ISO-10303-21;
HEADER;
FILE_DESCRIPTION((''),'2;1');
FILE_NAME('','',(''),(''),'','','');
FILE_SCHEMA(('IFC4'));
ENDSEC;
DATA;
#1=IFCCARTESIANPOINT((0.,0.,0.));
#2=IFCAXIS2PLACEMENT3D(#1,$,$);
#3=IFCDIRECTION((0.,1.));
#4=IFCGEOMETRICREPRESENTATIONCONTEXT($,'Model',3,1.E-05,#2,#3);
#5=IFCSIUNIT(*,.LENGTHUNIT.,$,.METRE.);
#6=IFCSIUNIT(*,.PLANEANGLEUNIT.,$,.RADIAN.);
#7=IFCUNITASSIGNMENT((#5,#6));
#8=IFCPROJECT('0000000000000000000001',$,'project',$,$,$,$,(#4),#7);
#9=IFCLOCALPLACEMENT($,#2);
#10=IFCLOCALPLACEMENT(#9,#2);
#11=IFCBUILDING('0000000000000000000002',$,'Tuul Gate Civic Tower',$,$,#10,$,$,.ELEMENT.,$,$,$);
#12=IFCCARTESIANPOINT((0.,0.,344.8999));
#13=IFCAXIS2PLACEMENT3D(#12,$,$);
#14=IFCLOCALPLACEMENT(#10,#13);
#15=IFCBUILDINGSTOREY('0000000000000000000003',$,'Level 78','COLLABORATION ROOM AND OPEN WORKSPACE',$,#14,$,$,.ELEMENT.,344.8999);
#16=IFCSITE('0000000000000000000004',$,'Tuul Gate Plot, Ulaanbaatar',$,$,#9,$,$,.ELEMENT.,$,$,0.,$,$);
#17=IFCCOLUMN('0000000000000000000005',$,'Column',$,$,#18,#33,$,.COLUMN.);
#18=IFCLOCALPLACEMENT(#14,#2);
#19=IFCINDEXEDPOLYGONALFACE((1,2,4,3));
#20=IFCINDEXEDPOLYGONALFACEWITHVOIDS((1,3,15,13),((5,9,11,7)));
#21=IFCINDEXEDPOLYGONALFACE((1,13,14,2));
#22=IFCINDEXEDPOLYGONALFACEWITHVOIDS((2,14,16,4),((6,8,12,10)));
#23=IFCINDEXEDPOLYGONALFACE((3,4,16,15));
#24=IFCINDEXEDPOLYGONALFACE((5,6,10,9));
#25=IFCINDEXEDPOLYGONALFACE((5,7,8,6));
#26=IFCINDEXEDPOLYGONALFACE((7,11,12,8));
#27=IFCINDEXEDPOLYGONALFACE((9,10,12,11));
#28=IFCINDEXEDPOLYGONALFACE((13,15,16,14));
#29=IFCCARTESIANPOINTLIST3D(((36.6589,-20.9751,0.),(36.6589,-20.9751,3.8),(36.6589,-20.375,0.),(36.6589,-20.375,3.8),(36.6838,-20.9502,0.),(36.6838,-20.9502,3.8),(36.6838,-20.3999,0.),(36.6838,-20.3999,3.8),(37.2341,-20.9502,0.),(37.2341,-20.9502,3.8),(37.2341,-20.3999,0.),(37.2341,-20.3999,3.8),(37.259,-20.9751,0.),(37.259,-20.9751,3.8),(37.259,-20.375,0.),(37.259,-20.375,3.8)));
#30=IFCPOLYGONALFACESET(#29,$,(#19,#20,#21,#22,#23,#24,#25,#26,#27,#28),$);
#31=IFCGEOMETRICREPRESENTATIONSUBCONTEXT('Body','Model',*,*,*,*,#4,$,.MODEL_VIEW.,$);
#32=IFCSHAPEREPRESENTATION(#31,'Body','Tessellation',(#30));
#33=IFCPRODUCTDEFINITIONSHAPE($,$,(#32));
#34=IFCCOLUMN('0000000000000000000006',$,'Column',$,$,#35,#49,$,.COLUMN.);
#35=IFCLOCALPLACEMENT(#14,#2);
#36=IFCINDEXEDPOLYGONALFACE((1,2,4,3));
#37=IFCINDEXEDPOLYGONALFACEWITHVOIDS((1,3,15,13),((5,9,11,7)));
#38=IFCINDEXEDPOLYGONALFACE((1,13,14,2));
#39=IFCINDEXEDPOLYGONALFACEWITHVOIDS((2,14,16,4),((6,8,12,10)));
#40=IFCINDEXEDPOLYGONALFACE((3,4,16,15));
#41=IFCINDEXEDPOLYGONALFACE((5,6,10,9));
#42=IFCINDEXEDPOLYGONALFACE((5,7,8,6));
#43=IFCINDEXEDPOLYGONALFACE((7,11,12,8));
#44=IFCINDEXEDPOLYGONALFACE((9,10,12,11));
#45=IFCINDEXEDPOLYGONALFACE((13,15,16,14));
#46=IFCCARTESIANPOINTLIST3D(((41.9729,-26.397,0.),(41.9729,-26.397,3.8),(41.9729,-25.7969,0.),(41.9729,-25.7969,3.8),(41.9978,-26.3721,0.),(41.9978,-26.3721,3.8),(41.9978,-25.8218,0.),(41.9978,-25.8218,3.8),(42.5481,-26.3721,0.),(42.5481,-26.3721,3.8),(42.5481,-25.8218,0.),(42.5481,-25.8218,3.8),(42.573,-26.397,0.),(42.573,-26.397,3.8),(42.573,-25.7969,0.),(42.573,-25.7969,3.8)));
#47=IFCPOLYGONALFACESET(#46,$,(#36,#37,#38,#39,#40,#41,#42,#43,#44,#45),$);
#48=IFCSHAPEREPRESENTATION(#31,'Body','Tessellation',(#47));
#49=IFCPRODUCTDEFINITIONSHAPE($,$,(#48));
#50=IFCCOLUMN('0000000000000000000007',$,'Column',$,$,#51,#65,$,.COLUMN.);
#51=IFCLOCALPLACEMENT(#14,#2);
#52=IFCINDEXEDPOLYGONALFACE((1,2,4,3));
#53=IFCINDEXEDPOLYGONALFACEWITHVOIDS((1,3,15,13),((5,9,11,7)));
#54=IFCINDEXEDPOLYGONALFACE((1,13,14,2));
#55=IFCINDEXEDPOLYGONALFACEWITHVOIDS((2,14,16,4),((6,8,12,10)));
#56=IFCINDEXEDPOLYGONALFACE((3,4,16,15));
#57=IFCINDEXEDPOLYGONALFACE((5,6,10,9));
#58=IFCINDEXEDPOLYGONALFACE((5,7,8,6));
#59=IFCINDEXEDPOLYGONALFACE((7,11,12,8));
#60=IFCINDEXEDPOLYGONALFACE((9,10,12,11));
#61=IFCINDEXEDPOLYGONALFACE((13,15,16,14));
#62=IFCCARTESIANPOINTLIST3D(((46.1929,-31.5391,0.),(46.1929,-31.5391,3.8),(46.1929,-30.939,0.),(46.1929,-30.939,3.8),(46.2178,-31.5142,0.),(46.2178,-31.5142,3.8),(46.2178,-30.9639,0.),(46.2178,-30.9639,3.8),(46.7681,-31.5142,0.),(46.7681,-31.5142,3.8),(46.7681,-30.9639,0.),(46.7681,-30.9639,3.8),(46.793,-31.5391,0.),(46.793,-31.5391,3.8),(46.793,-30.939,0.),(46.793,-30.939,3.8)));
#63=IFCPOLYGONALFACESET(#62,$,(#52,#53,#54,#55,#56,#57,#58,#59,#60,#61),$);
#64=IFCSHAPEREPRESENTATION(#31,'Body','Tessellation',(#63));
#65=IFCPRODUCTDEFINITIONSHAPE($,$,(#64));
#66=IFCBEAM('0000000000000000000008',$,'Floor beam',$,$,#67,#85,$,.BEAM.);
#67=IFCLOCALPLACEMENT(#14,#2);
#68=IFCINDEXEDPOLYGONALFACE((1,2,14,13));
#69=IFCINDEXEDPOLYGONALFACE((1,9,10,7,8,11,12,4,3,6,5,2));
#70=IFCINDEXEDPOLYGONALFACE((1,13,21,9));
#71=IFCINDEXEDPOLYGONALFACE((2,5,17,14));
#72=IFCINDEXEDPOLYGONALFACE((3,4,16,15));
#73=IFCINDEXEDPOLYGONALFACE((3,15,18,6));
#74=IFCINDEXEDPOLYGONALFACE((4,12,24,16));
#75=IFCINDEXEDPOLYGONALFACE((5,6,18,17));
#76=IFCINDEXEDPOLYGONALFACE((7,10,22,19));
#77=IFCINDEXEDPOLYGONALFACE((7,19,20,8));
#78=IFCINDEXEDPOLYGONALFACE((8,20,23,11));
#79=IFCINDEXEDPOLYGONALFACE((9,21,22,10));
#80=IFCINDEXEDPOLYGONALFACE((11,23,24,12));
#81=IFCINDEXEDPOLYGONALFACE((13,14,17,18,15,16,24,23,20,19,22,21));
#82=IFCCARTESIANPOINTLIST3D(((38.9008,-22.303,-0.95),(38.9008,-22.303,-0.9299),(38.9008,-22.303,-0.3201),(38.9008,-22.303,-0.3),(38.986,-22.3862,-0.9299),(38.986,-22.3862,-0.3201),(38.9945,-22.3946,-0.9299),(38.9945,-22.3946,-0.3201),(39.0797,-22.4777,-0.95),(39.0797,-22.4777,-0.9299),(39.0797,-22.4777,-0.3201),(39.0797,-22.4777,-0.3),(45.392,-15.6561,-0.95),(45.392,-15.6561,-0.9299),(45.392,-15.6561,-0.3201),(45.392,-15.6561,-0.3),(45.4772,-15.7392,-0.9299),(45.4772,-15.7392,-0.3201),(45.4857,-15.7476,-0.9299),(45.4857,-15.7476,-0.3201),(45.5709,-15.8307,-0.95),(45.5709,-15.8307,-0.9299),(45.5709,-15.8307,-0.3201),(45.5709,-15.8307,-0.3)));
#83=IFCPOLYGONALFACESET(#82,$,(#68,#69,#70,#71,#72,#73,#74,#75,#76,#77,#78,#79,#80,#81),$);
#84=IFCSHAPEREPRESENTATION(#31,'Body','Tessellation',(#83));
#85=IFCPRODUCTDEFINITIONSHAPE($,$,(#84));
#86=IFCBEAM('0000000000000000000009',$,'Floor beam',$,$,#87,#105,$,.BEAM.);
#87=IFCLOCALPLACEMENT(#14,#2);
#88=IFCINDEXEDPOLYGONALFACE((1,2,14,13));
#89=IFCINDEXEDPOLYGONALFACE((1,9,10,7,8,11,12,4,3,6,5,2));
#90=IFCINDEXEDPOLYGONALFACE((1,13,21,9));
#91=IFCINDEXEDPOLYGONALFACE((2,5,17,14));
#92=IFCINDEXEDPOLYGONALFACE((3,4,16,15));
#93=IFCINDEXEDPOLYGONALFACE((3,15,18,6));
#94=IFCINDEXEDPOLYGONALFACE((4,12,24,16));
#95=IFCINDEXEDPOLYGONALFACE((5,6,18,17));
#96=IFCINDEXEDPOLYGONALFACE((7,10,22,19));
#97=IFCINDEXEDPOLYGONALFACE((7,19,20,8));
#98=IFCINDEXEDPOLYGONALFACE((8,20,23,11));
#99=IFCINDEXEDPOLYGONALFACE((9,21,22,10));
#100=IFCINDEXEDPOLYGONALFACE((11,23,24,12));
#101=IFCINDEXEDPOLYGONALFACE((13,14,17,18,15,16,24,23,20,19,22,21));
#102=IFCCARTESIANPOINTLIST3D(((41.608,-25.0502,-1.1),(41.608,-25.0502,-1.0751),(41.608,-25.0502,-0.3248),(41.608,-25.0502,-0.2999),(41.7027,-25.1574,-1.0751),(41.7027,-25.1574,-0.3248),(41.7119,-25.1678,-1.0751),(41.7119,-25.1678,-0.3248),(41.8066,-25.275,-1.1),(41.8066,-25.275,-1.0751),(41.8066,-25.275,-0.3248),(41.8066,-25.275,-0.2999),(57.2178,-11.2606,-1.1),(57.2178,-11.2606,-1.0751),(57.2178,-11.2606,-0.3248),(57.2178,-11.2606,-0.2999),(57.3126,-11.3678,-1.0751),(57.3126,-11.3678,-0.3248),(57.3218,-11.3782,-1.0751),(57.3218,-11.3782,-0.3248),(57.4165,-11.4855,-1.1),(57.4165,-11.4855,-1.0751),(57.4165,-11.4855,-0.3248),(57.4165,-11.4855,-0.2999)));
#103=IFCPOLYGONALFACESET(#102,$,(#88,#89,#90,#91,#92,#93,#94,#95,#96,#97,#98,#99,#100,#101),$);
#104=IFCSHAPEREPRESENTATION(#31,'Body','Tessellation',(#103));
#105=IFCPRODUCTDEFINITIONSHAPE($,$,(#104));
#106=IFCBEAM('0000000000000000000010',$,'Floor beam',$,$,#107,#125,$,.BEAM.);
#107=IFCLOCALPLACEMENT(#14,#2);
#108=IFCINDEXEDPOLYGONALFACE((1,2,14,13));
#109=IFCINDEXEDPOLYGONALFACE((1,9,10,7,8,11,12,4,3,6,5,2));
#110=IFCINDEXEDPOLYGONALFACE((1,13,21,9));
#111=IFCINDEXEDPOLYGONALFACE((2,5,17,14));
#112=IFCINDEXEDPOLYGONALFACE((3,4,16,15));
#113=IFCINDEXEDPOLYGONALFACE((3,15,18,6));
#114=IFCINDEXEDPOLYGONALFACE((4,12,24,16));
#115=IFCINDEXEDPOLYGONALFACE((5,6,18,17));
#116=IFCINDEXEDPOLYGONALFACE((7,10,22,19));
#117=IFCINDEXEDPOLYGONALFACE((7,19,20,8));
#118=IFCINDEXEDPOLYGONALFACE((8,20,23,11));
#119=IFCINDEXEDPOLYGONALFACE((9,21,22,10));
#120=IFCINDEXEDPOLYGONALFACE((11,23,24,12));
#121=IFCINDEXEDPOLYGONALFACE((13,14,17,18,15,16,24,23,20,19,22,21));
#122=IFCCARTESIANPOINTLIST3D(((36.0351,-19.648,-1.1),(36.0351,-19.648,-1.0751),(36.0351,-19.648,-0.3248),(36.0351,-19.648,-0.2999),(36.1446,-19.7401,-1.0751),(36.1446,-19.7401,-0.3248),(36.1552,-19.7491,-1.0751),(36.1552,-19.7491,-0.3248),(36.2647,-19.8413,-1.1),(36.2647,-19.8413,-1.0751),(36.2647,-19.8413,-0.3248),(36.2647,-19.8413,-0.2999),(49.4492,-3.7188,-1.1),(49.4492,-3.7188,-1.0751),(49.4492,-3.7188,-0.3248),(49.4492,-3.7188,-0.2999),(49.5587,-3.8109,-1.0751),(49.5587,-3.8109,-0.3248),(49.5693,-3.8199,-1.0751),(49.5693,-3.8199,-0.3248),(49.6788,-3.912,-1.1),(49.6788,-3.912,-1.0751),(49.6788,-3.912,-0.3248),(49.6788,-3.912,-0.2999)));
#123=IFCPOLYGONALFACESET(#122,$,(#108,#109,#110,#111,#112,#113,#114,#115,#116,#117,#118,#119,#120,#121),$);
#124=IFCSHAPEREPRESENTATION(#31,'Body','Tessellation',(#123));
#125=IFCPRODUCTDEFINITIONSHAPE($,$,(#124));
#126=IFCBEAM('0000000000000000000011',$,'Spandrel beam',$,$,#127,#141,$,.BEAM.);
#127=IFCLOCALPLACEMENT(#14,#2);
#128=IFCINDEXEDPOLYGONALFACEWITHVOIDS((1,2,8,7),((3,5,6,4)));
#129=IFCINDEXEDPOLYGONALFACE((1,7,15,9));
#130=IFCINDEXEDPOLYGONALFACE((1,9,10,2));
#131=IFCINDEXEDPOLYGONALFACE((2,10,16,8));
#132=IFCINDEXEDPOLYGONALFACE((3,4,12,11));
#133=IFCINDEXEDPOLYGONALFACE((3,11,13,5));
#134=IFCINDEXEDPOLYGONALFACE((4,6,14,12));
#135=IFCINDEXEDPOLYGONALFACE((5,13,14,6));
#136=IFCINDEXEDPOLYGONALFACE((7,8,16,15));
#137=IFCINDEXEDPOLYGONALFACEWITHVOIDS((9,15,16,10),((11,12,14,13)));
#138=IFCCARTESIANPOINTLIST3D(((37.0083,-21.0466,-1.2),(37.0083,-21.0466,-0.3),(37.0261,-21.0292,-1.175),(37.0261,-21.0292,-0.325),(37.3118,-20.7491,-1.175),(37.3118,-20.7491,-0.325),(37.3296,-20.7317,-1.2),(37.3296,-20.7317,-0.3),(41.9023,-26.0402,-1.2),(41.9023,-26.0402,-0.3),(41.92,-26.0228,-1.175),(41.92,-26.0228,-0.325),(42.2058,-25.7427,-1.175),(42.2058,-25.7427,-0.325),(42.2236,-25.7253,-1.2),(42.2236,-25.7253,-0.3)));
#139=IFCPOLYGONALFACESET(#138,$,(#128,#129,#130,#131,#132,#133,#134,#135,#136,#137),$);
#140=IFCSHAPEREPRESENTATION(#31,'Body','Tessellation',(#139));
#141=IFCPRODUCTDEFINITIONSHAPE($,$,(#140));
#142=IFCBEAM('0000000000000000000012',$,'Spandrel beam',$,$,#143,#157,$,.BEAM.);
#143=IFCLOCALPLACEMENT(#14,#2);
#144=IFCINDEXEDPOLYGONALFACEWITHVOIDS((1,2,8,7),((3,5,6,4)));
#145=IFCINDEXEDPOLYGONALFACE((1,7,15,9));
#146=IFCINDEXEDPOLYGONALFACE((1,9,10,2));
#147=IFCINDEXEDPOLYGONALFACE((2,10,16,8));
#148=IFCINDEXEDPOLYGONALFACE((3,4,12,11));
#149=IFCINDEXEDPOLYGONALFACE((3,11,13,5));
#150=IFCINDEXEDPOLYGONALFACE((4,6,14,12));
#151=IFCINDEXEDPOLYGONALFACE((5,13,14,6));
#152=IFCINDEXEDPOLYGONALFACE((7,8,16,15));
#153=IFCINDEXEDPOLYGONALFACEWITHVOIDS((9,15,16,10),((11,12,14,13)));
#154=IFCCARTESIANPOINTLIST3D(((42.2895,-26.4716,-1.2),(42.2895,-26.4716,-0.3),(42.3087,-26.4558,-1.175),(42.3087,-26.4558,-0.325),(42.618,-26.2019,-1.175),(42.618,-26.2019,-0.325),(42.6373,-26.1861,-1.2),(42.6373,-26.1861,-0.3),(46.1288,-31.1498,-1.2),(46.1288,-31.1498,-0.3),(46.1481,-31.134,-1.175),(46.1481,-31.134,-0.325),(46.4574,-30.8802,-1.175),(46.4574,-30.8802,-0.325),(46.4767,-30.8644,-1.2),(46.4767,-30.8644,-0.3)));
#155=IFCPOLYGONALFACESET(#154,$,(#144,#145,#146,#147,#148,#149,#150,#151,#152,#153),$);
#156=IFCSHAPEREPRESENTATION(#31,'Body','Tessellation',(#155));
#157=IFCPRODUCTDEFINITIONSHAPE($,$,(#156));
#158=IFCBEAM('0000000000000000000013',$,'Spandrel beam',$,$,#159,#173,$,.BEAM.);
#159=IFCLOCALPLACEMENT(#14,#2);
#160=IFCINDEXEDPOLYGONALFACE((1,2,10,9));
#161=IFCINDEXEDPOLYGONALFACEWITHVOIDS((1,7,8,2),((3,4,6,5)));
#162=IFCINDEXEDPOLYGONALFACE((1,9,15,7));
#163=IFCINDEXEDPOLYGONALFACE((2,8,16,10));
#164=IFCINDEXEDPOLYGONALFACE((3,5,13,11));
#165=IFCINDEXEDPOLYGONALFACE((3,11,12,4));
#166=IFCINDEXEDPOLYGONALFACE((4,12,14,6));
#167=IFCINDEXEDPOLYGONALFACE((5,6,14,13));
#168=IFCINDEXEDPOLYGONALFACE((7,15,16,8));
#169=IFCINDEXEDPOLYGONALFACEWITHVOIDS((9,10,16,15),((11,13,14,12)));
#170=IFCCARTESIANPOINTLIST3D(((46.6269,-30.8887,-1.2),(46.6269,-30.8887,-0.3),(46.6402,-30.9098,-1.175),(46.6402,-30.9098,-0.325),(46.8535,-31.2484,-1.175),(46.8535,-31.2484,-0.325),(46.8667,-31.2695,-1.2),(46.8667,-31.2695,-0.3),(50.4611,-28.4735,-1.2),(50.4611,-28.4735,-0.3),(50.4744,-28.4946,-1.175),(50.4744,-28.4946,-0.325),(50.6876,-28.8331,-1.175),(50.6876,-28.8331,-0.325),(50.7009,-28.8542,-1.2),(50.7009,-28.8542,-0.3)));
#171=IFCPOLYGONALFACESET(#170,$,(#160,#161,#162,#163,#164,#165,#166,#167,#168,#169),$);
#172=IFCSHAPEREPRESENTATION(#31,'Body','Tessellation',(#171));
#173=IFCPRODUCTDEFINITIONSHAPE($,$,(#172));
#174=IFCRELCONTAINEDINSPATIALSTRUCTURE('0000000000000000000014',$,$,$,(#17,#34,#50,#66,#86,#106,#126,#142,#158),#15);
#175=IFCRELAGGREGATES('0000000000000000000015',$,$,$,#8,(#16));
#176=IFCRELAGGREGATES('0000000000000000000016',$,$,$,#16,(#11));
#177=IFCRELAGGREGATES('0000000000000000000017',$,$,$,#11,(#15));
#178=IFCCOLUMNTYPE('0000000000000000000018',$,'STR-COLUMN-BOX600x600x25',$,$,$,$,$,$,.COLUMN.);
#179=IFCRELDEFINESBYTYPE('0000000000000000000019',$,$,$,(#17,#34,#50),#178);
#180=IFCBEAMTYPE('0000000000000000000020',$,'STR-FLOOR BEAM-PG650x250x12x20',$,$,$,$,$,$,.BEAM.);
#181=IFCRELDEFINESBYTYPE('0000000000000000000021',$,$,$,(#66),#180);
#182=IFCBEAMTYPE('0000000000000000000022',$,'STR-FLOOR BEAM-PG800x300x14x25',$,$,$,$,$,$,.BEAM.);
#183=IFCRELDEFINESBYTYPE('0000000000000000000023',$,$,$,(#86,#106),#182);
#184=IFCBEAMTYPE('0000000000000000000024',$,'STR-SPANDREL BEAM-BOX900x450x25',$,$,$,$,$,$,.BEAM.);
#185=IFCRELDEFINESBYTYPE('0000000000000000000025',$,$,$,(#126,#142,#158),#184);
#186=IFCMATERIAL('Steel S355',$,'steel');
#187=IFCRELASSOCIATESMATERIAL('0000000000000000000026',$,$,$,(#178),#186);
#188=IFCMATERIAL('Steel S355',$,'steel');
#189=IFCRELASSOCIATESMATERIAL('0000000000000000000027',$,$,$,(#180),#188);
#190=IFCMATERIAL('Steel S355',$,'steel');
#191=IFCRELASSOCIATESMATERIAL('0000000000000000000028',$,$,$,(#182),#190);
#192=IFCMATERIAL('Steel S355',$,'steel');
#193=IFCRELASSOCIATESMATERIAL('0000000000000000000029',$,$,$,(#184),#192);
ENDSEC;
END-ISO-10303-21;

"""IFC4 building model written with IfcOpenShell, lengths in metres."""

from ifc_helpers import new_model, si_unit, direction, frame, origin, origin_2d, place, context, subcontext, project, spatial, hollow_rectangle, i_section, extrude, material, material_profile, profile_set, type_object, element, save


model = new_model("IFC4")

# Units and contexts
model_context = context("Model", 3, precision=1e-05, world=origin(), true_north=direction((0.0, 1.0)))
body_context = subcontext(model_context, "Body", "Model", "MODEL_VIEW")
ifc_project = project(units=[si_unit("LENGTHUNIT", "METRE"), si_unit("PLANEANGLEUNIT", "RADIAN")], contexts=[model_context])

# Site, building, storey
site_placement = place(None, origin())
site = spatial("IfcSite", under=ifc_project, at=site_placement, Name="Tuul Gate Plot, Ulaanbaatar", CompositionType="ELEMENT", RefElevation=0.0)
building_placement = place(site_placement, origin())
building = spatial("IfcBuilding", under=site, at=building_placement, Name="Tuul Gate Civic Tower", CompositionType="ELEMENT")
storey_placement = place(building_placement, frame((0.0, 0.0, 344.8999)))
storey = spatial("IfcBuildingStorey", under=building, at=storey_placement, Name="Level 78", Description="COLLABORATION ROOM AND OPEN WORKSPACE", CompositionType="ELEMENT", Elevation=344.8999)

# Columns
ifc_material_1 = material(Name="Steel S355", Category="steel")
ifc_material_profile_1 = material_profile(ifc_material_1, hollow_rectangle(XDim=0.6001, YDim=0.6001, WallThickness=0.0249, at=origin_2d()), Name="BOX600x600x25")
ifc_profile_set_1 = profile_set([ifc_material_profile_1], Name="Steel S355")
column_type = type_object("IfcColumnType", Name="STR-COLUMN-BOX600x600x25", PredefinedType="COLUMN", material=ifc_profile_set_1)
for number, where, z_axis, x_axis, name in (
    (1, (36.959, -20.675, 0.0), (0.0, 0.0, 1.0), (1.0, 0.0, 0.0), "Column"),
    (2, (42.2729, -26.0969, 0.0), (0.0, 0.0, 1.0), (1.0, 0.0, 0.0), "Column"),
    (3, (46.4929, -31.239, 0.0), (0.0, 0.0, 1.0), (1.0, 0.0, 0.0), "Column"),
):
    element("IfcColumn", number, at=place(storey_placement, frame(where, z_axis=z_axis, x_axis=x_axis)), inside=storey, type_object=column_type, Name=name, PredefinedType="COLUMN", context=body_context, shape_type="SweptSolid", body=[
        extrude(hollow_rectangle(XDim=0.6001, YDim=0.6001, WallThickness=0.0249, at=origin_2d()), origin(), (0.0, 0.0, 1.0), 3.8),
    ])

# Beams
ifc_material_2 = material(Name="Steel S355", Category="steel")
ifc_material_profile_2 = material_profile(ifc_material_2, i_section(OverallWidth=0.25, OverallDepth=0.6499, WebThickness=0.012, FlangeThickness=0.02, at=origin_2d()), Name="PG650x250x12x20")
ifc_profile_set_2 = profile_set([ifc_material_profile_2], Name="Steel S355")
beam_type_1 = type_object("IfcBeamType", Name="STR-FLOOR BEAM-PG650x250x12x20", PredefinedType="BEAM", material=ifc_profile_set_2)
beam_1_placement = place(storey_placement, frame((38.9902, -22.3904, -0.625), z_axis=(0.698674, 0.71544, 0.0), x_axis=(-0.71544, 0.698674, 0.0)))
element("IfcBeam", 4, at=beam_1_placement, inside=storey, type_object=beam_type_1, Name="Floor beam", PredefinedType="BEAM", context=body_context, shape_type="SweptSolid", body=[
    extrude(i_section(OverallWidth=0.25, OverallDepth=0.6499, WebThickness=0.012, FlangeThickness=0.02, at=origin_2d()), origin(), (0.0, 0.0, 1.0), 9.2908),
])
ifc_material_3 = material(Name="Steel S355", Category="steel")
ifc_material_profile_3 = material_profile(ifc_material_3, i_section(OverallWidth=0.3, OverallDepth=0.8, WebThickness=0.0139, FlangeThickness=0.0249, at=origin_2d()), Name="PG800x300x14x25")
ifc_profile_set_3 = profile_set([ifc_material_profile_3], Name="Steel S355")
beam_type_2 = type_object("IfcBeamType", Name="STR-FLOOR BEAM-PG800x300x14x25", PredefinedType="BEAM", material=ifc_profile_set_3)
beam_2_placement = place(storey_placement, frame((41.7073, -25.1626, -0.7), z_axis=(0.749453, 0.662057, 0.0), x_axis=(-0.662057, 0.749453, 0.0)))
element("IfcBeam", 5, at=beam_2_placement, inside=storey, type_object=beam_type_2, Name="Floor beam", PredefinedType="BEAM", context=body_context, shape_type="SweptSolid", body=[
    extrude(i_section(OverallWidth=0.3, OverallDepth=0.8, WebThickness=0.0139, FlangeThickness=0.0249, at=origin_2d()), origin(), (0.0, 0.0, 1.0), 20.8284),
])
beam_3_placement = place(storey_placement, frame((36.1499, -19.7446, -0.7), z_axis=(0.644136, 0.764911, 0.0), x_axis=(-0.764911, 0.644136, 0.0)))
element("IfcBeam", 6, at=beam_3_placement, inside=storey, type_object=beam_type_2, Name="Floor beam", PredefinedType="BEAM", context=body_context, shape_type="SweptSolid", body=[
    extrude(i_section(OverallWidth=0.3, OverallDepth=0.8, WebThickness=0.0139, FlangeThickness=0.0249, at=origin_2d()), origin(), (0.0, 0.0, 1.0), 20.825),
])
ifc_material_4 = material(Name="Steel S355", Category="steel")
ifc_material_profile_4 = material_profile(ifc_material_4, hollow_rectangle(XDim=0.45, YDim=0.8999, WallThickness=0.0249, at=origin_2d()), Name="BOX900x450x25")
ifc_profile_set_4 = profile_set([ifc_material_profile_4], Name="Steel S355")
beam_type_3 = type_object("IfcBeamType", Name="STR-SPANDREL BEAM-BOX900x450x25", PredefinedType="BEAM", material=ifc_profile_set_4)
beam_4_placement = place(storey_placement, frame((37.1689, -20.8892, -0.75), z_axis=(0.699948, -0.714194, 0.0), x_axis=(0.714194, 0.699948, 0.0)))
element("IfcBeam", 7, at=beam_4_placement, inside=storey, type_object=beam_type_3, Name="Spandrel beam", PredefinedType="BEAM", context=body_context, shape_type="SweptSolid", body=[
    extrude(hollow_rectangle(XDim=0.45, YDim=0.8999, WallThickness=0.0249, at=origin_2d()), origin(), (0.0, 0.0, 1.0), 6.9919),
])
beam_5_placement = place(storey_placement, frame((42.4634, -26.3289, -0.75), z_axis=(0.634397, -0.773007, 0.0), x_axis=(0.773007, 0.634397, 0.0)))
element("IfcBeam", 8, at=beam_5_placement, inside=storey, type_object=beam_type_3, Name="Spandrel beam", PredefinedType="BEAM", context=body_context, shape_type="SweptSolid", body=[
    extrude(hollow_rectangle(XDim=0.45, YDim=0.8999, WallThickness=0.0249, at=origin_2d()), origin(), (0.0, 0.0, 1.0), 6.052),
])
beam_6_placement = place(storey_placement, frame((46.7468, -31.0791, -0.75), z_axis=(0.846119, 0.532993, 0.0), x_axis=(-0.532993, 0.846119, 0.0)))
element("IfcBeam", 9, at=beam_6_placement, inside=storey, type_object=beam_type_3, Name="Spandrel beam", PredefinedType="BEAM", context=body_context, shape_type="SweptSolid", body=[
    extrude(hollow_rectangle(XDim=0.45, YDim=0.8999, WallThickness=0.0249, at=origin_2d()), origin(), (0.0, 0.0, 1.0), 4.5315),
])

save(model, "model.ifc")
